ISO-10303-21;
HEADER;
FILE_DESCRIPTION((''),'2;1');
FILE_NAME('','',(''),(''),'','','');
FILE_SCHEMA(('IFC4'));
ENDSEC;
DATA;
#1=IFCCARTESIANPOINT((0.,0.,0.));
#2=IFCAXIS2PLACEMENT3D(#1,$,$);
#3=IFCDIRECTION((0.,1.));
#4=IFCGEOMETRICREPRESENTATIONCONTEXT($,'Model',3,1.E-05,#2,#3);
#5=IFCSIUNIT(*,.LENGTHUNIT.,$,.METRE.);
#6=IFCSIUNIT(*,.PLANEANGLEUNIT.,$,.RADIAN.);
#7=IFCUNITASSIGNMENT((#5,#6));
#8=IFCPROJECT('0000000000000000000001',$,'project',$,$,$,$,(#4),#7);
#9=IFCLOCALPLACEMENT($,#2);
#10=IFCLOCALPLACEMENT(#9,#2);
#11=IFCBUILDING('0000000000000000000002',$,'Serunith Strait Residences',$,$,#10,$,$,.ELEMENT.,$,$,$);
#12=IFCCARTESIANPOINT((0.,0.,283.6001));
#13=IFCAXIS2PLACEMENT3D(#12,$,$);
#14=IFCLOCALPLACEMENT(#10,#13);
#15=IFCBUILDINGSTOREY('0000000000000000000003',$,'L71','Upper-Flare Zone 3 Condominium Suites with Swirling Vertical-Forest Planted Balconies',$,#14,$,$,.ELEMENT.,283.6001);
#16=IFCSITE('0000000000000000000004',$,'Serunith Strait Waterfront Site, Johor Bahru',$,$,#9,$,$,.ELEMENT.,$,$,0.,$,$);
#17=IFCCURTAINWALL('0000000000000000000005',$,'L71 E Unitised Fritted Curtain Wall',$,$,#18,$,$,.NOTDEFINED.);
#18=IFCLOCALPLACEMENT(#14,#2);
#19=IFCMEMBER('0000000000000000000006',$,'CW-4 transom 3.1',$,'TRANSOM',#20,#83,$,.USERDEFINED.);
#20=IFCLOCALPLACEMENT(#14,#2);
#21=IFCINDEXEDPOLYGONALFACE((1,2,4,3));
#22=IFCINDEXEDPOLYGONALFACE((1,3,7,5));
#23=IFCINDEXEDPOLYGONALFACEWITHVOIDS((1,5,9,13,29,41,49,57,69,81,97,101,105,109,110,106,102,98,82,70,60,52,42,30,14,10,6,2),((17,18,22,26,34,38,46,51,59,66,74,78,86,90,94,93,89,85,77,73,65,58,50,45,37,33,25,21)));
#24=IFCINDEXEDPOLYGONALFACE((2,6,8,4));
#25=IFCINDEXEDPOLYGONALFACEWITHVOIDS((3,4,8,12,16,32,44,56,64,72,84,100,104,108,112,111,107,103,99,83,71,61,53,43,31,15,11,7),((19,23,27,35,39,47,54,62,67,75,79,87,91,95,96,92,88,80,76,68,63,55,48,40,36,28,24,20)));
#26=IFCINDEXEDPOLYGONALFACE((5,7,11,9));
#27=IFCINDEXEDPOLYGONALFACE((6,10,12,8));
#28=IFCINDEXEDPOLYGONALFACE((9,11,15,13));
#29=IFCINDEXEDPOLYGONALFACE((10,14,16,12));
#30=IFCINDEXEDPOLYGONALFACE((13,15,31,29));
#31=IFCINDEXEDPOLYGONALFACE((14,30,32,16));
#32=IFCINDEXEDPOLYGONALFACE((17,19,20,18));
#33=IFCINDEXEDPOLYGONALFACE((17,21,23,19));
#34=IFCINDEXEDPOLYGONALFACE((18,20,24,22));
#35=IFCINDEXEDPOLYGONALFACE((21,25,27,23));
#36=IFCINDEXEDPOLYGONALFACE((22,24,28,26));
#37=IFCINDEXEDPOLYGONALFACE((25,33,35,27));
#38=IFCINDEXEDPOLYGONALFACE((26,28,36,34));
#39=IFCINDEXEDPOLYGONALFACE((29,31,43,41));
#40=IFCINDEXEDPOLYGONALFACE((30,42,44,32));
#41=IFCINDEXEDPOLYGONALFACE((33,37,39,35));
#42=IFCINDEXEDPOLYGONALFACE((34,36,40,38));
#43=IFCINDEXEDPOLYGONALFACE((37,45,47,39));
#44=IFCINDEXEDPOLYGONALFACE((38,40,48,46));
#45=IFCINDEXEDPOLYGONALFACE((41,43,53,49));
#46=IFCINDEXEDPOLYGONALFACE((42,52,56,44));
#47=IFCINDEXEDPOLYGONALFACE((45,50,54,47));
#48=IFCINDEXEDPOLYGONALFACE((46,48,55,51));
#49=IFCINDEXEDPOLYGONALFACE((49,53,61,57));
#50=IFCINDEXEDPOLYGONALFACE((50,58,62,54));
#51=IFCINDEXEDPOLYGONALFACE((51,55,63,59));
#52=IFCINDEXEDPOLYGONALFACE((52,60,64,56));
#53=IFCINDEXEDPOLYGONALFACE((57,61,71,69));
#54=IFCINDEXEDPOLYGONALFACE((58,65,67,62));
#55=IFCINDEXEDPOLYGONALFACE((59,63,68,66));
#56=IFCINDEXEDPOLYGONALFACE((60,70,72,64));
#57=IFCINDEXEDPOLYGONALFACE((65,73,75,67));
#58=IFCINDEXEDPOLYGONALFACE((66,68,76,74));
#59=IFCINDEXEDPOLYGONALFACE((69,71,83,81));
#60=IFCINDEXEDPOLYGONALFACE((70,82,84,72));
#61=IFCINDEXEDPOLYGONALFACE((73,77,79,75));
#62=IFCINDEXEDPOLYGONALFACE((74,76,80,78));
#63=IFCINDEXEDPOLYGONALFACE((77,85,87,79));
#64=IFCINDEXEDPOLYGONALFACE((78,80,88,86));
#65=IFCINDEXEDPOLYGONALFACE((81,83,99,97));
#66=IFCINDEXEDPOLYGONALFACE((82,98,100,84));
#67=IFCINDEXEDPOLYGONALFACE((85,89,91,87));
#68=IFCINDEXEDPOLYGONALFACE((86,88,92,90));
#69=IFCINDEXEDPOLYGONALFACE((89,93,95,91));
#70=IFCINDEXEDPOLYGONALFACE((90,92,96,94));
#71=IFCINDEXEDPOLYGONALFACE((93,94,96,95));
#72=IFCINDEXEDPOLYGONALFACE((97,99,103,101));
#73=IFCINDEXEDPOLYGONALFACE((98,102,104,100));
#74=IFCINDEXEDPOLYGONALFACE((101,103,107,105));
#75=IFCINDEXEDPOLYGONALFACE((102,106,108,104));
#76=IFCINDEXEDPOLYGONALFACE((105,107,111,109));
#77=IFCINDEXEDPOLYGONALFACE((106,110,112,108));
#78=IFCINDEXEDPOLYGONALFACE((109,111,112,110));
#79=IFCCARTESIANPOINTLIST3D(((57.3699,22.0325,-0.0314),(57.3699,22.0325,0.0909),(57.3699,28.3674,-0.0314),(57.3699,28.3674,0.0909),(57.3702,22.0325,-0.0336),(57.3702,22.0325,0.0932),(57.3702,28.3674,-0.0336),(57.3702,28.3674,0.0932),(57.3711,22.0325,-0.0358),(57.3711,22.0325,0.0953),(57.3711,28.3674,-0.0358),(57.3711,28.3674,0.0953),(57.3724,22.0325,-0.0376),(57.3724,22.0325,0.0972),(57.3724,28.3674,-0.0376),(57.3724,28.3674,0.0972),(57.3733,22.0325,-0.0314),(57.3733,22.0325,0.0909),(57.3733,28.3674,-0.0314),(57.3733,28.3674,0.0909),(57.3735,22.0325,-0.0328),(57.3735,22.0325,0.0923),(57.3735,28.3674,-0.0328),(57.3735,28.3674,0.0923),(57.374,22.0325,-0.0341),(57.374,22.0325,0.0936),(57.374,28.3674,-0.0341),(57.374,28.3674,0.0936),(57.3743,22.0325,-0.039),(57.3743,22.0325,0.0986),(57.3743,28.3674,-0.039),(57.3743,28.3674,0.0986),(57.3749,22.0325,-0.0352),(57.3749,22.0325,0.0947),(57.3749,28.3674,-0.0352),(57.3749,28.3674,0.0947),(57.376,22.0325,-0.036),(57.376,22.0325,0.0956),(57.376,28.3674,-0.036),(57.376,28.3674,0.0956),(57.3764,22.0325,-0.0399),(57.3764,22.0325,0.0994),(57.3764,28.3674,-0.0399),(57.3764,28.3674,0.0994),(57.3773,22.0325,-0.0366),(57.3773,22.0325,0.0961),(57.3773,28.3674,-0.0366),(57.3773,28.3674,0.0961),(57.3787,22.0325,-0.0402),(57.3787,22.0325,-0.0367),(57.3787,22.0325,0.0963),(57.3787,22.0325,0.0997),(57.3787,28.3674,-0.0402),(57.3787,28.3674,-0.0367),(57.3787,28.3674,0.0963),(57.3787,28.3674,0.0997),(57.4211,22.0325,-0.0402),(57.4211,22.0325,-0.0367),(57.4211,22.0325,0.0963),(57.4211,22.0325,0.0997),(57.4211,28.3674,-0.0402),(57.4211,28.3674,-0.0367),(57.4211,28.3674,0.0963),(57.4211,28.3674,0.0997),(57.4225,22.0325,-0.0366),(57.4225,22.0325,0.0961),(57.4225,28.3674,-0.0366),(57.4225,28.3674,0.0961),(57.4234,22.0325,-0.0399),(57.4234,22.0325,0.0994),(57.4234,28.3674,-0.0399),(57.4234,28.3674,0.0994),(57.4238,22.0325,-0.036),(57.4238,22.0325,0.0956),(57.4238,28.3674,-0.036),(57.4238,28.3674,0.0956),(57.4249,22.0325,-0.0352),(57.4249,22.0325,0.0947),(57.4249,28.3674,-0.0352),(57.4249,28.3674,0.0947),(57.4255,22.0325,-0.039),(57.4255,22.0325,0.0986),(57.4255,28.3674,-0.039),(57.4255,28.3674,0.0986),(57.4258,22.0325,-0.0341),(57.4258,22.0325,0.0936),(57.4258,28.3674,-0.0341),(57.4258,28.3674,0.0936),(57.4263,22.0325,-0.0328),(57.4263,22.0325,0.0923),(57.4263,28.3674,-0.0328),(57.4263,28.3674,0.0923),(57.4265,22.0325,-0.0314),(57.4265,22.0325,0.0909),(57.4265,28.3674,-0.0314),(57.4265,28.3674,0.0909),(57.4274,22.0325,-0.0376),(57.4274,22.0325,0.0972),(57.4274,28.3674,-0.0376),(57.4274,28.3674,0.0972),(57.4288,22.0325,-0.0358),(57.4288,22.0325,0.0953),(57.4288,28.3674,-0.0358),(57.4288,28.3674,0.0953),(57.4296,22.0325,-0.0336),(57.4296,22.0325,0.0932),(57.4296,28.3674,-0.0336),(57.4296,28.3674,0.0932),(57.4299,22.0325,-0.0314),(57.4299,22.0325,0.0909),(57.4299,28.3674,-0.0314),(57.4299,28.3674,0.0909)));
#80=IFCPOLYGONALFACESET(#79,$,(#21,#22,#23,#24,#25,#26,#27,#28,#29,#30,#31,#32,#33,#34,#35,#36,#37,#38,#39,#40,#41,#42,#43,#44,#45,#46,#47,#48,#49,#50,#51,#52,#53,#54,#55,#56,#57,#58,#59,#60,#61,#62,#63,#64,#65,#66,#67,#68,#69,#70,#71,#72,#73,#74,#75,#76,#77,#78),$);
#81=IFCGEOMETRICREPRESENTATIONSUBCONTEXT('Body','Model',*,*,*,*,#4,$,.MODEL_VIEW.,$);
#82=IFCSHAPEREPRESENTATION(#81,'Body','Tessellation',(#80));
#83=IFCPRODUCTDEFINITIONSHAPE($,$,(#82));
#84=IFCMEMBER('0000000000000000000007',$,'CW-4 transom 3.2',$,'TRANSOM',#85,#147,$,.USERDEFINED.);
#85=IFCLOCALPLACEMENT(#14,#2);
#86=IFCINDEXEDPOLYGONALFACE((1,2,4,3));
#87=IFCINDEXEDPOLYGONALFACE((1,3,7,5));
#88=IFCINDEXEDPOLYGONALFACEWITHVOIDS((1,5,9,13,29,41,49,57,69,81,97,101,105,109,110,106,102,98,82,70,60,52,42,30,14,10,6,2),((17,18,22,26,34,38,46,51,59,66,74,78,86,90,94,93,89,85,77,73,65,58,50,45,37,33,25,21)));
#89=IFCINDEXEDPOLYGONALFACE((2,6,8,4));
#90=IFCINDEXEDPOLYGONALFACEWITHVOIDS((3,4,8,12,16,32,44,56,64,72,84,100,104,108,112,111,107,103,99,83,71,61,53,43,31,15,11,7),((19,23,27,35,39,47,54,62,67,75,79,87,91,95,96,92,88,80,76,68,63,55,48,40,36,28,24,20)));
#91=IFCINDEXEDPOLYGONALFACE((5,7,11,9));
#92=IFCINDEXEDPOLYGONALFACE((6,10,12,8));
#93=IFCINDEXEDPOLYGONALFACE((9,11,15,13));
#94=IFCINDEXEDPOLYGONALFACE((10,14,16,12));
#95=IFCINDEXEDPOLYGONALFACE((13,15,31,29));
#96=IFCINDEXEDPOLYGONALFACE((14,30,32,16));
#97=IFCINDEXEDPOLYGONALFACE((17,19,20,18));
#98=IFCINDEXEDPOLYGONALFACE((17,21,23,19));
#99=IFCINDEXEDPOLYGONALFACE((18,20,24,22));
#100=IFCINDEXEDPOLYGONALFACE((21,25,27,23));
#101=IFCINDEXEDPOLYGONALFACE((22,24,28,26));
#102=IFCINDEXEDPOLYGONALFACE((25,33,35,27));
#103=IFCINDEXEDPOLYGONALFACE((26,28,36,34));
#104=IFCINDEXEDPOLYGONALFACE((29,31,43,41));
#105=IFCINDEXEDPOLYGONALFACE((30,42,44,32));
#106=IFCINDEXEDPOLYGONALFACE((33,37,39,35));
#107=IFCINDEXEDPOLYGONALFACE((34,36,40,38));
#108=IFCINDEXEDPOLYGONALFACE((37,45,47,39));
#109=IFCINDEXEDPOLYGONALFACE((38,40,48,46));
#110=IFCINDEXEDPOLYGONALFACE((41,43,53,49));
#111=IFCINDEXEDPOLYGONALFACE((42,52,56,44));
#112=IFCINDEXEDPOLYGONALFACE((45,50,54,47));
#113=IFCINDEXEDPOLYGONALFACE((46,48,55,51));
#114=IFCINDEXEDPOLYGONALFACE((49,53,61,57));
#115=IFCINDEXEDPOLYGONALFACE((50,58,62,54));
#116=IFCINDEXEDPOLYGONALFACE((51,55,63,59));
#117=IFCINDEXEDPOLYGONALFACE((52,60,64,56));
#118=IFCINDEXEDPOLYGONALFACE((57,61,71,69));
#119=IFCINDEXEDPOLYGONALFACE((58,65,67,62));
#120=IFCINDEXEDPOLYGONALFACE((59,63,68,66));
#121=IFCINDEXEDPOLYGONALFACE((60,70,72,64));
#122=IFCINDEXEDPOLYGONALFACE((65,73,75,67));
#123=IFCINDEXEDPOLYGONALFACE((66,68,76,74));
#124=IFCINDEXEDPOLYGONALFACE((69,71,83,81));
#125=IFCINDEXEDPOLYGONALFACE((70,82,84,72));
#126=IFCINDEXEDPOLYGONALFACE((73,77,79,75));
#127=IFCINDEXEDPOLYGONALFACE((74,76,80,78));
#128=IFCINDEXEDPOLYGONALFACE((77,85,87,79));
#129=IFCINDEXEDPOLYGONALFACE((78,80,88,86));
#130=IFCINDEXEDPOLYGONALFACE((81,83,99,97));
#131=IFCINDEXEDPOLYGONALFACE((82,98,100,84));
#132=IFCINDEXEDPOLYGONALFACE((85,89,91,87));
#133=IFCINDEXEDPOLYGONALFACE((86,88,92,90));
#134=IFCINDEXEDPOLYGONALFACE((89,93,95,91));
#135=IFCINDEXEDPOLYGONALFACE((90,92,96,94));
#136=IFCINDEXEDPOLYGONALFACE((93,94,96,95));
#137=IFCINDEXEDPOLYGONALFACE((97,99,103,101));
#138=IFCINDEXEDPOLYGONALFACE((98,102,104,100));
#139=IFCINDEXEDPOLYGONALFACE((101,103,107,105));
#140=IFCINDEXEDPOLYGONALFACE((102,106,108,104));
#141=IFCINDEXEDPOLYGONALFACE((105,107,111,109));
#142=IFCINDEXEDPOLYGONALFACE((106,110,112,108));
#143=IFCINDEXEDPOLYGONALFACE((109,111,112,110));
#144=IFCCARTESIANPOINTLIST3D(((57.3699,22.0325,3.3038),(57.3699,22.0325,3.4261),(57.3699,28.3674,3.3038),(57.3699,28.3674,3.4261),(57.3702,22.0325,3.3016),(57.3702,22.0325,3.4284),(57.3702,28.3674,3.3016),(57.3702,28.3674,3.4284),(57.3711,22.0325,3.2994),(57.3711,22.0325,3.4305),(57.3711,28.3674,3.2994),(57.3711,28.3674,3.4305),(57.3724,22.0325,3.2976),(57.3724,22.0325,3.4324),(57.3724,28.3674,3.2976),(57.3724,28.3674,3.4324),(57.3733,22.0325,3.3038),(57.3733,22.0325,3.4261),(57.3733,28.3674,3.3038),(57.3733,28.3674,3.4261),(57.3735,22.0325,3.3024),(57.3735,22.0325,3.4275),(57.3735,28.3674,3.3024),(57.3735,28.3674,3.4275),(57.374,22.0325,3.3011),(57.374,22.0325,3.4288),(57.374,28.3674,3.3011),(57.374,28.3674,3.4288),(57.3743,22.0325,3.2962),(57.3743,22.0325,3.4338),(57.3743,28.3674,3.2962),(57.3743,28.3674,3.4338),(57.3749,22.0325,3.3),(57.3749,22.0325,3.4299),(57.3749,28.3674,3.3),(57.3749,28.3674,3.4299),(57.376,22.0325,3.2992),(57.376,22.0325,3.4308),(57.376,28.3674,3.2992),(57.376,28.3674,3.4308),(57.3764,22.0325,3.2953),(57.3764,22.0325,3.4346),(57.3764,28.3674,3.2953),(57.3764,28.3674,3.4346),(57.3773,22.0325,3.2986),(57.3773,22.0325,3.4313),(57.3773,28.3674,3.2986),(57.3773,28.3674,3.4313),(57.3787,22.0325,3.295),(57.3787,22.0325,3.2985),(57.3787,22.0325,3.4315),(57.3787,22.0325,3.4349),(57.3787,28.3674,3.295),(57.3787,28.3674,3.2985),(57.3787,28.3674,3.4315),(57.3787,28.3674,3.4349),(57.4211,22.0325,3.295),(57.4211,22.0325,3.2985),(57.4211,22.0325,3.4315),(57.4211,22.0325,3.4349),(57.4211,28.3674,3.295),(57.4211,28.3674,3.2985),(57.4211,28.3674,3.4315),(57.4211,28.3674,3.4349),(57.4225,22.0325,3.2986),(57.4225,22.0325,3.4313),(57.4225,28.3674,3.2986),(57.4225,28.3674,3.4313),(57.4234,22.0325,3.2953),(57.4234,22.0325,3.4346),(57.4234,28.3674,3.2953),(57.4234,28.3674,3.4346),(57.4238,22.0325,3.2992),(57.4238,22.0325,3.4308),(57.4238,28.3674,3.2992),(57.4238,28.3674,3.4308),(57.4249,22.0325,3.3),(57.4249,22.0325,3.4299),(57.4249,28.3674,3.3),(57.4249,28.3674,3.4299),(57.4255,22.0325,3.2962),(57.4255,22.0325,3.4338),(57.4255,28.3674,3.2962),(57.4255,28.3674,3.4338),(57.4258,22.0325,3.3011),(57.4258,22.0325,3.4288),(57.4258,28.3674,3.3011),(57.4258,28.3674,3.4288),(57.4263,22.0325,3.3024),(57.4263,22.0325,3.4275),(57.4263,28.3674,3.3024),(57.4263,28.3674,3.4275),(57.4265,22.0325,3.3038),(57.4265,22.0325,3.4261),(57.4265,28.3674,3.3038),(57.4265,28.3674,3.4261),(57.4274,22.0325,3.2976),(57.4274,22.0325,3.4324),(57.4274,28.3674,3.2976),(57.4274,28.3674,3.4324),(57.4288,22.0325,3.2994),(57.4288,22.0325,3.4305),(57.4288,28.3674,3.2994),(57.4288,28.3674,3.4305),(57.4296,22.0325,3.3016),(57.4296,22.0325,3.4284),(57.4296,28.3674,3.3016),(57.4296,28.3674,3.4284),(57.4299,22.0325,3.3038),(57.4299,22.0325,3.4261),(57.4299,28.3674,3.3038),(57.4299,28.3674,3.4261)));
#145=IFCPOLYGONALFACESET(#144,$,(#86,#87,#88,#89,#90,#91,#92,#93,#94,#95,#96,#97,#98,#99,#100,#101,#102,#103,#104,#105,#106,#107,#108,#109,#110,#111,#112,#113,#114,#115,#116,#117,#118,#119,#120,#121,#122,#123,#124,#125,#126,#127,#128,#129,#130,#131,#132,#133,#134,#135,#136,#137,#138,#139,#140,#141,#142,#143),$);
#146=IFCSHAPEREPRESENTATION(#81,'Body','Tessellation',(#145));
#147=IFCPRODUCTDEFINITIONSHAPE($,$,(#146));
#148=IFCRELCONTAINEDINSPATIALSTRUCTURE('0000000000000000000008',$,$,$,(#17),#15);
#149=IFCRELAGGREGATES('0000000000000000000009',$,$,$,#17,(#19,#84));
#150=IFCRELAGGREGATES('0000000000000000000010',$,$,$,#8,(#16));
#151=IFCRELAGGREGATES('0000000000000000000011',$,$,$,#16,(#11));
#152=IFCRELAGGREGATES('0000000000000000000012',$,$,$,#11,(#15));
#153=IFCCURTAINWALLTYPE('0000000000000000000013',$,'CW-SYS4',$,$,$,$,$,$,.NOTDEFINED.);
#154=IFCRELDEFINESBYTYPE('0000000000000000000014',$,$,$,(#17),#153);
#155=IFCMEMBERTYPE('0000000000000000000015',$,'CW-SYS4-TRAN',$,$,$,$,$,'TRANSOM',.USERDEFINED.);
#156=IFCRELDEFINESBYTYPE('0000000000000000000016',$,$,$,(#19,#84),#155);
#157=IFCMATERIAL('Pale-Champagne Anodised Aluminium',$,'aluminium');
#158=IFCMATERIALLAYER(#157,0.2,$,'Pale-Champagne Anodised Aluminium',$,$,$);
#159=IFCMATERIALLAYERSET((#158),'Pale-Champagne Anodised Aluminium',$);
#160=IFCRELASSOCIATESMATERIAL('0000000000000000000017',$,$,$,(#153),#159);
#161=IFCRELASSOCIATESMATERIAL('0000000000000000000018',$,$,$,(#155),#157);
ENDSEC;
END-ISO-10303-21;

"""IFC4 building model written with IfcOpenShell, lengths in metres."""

from ifc_helpers import new_model, si_unit, direction, frame, origin, origin_2d, place, context, subcontext, project, spatial, hollow_rectangle, extrude, source, transform, mapped, material, layer, layer_set, material_profile, profile_set, type_object, element, aggregate, save


model = new_model("IFC4")

# Units and contexts
model_context = context("Model", 3, precision=1e-05, world=origin(), true_north=direction((0.0, 1.0)))
body_context = subcontext(model_context, "Body", "Model", "MODEL_VIEW")
ifc_project = project(units=[si_unit("LENGTHUNIT", "METRE"), si_unit("PLANEANGLEUNIT", "RADIAN")], contexts=[model_context])

# Site, building, storey
site_placement = place(None, origin())
site = spatial("IfcSite", under=ifc_project, at=site_placement, Name="Serunith Strait Waterfront Site, Johor Bahru", CompositionType="ELEMENT", RefElevation=0.0)
building_placement = place(site_placement, origin())
building = spatial("IfcBuilding", under=site, at=building_placement, Name="Serunith Strait Residences", CompositionType="ELEMENT")
storey_placement = place(building_placement, frame((0.0, 0.0, 283.6001)))
storey = spatial("IfcBuildingStorey", under=building, at=storey_placement, Name="L71", Description="Upper-Flare Zone 3 Condominium Suites with Swirling Vertical-Forest Planted Balconies", CompositionType="ELEMENT", Elevation=283.6001)

# Curtain wall, members
ifc_material_1 = material(Name="Pale-Champagne Anodised Aluminium", Category="aluminium")
ifc_layer_1 = layer(ifc_material_1, 0.2, Name="Pale-Champagne Anodised Aluminium")
ifc_layer_set_1 = layer_set([ifc_layer_1], Name="Pale-Champagne Anodised Aluminium")
curtain_wall_type = type_object("IfcCurtainWallType", Name="CW-SYS4", PredefinedType="NOTDEFINED", material=ifc_layer_set_1)
curtain_wall_placement = place(storey_placement, origin())
curtain_wall = element("IfcCurtainWall", 1, at=curtain_wall_placement, inside=storey, type_object=curtain_wall_type, Name="L71 E Unitised Fritted Curtain Wall", PredefinedType="NOTDEFINED")
ifc_material_profile_1 = material_profile(ifc_material_1, hollow_rectangle(XDim=0.0601, YDim=0.1399, WallThickness=0.0034, InnerFilletRadius=0.0054, OuterFilletRadius=0.0088, at=origin_2d()), Name="ALU 140x60x3.5")
ifc_profile_set_1 = profile_set([ifc_material_profile_1], Name="Pale-Champagne Anodised Aluminium")
member_type_1 = type_object("IfcMemberType", Name="CW-SYS4-TRAN", ElementType="TRANSOM", PredefinedType="USERDEFINED", material=ifc_profile_set_1)
shared_shape_1 = source(origin(), body_context, "Body", "SweptSolid", [
    extrude(hollow_rectangle(XDim=0.0601, YDim=0.1399, WallThickness=0.0034, InnerFilletRadius=0.0054, OuterFilletRadius=0.0088, at=origin_2d()), origin(), (0.0, 0.0, 1.0), 6.335),
])
member_1_placement = place(storey_placement, frame((57.3999, 22.0325, 0.0298), z_axis=(0.0, 1.0, 0.0), x_axis=(-1.0, 0.0, 0.0)))
member_1 = element("IfcMember", 2, at=member_1_placement, type_object=member_type_1, Name="CW-4 transom 3.1", ObjectType="TRANSOM", PredefinedType="USERDEFINED", context=body_context, shape_type="MappedRepresentation", body=[
    mapped(shared_shape_1, transform((0.0, 0.0, 0.0), scale=1.0)),
])
member_2_placement = place(storey_placement, frame((57.3999, 22.0325, 3.365), z_axis=(0.0, 1.0, 0.0), x_axis=(-1.0, 0.0, 0.0)))
member_2 = element("IfcMember", 3, at=member_2_placement, type_object=member_type_1, Name="CW-4 transom 3.2", ObjectType="TRANSOM", PredefinedType="USERDEFINED", context=body_context, shape_type="MappedRepresentation", body=[
    mapped(shared_shape_1, transform((0.0, 0.0, 0.0), scale=1.0)),
])
aggregate(curtain_wall, [member_1, member_2])

save(model, "model.ifc")
